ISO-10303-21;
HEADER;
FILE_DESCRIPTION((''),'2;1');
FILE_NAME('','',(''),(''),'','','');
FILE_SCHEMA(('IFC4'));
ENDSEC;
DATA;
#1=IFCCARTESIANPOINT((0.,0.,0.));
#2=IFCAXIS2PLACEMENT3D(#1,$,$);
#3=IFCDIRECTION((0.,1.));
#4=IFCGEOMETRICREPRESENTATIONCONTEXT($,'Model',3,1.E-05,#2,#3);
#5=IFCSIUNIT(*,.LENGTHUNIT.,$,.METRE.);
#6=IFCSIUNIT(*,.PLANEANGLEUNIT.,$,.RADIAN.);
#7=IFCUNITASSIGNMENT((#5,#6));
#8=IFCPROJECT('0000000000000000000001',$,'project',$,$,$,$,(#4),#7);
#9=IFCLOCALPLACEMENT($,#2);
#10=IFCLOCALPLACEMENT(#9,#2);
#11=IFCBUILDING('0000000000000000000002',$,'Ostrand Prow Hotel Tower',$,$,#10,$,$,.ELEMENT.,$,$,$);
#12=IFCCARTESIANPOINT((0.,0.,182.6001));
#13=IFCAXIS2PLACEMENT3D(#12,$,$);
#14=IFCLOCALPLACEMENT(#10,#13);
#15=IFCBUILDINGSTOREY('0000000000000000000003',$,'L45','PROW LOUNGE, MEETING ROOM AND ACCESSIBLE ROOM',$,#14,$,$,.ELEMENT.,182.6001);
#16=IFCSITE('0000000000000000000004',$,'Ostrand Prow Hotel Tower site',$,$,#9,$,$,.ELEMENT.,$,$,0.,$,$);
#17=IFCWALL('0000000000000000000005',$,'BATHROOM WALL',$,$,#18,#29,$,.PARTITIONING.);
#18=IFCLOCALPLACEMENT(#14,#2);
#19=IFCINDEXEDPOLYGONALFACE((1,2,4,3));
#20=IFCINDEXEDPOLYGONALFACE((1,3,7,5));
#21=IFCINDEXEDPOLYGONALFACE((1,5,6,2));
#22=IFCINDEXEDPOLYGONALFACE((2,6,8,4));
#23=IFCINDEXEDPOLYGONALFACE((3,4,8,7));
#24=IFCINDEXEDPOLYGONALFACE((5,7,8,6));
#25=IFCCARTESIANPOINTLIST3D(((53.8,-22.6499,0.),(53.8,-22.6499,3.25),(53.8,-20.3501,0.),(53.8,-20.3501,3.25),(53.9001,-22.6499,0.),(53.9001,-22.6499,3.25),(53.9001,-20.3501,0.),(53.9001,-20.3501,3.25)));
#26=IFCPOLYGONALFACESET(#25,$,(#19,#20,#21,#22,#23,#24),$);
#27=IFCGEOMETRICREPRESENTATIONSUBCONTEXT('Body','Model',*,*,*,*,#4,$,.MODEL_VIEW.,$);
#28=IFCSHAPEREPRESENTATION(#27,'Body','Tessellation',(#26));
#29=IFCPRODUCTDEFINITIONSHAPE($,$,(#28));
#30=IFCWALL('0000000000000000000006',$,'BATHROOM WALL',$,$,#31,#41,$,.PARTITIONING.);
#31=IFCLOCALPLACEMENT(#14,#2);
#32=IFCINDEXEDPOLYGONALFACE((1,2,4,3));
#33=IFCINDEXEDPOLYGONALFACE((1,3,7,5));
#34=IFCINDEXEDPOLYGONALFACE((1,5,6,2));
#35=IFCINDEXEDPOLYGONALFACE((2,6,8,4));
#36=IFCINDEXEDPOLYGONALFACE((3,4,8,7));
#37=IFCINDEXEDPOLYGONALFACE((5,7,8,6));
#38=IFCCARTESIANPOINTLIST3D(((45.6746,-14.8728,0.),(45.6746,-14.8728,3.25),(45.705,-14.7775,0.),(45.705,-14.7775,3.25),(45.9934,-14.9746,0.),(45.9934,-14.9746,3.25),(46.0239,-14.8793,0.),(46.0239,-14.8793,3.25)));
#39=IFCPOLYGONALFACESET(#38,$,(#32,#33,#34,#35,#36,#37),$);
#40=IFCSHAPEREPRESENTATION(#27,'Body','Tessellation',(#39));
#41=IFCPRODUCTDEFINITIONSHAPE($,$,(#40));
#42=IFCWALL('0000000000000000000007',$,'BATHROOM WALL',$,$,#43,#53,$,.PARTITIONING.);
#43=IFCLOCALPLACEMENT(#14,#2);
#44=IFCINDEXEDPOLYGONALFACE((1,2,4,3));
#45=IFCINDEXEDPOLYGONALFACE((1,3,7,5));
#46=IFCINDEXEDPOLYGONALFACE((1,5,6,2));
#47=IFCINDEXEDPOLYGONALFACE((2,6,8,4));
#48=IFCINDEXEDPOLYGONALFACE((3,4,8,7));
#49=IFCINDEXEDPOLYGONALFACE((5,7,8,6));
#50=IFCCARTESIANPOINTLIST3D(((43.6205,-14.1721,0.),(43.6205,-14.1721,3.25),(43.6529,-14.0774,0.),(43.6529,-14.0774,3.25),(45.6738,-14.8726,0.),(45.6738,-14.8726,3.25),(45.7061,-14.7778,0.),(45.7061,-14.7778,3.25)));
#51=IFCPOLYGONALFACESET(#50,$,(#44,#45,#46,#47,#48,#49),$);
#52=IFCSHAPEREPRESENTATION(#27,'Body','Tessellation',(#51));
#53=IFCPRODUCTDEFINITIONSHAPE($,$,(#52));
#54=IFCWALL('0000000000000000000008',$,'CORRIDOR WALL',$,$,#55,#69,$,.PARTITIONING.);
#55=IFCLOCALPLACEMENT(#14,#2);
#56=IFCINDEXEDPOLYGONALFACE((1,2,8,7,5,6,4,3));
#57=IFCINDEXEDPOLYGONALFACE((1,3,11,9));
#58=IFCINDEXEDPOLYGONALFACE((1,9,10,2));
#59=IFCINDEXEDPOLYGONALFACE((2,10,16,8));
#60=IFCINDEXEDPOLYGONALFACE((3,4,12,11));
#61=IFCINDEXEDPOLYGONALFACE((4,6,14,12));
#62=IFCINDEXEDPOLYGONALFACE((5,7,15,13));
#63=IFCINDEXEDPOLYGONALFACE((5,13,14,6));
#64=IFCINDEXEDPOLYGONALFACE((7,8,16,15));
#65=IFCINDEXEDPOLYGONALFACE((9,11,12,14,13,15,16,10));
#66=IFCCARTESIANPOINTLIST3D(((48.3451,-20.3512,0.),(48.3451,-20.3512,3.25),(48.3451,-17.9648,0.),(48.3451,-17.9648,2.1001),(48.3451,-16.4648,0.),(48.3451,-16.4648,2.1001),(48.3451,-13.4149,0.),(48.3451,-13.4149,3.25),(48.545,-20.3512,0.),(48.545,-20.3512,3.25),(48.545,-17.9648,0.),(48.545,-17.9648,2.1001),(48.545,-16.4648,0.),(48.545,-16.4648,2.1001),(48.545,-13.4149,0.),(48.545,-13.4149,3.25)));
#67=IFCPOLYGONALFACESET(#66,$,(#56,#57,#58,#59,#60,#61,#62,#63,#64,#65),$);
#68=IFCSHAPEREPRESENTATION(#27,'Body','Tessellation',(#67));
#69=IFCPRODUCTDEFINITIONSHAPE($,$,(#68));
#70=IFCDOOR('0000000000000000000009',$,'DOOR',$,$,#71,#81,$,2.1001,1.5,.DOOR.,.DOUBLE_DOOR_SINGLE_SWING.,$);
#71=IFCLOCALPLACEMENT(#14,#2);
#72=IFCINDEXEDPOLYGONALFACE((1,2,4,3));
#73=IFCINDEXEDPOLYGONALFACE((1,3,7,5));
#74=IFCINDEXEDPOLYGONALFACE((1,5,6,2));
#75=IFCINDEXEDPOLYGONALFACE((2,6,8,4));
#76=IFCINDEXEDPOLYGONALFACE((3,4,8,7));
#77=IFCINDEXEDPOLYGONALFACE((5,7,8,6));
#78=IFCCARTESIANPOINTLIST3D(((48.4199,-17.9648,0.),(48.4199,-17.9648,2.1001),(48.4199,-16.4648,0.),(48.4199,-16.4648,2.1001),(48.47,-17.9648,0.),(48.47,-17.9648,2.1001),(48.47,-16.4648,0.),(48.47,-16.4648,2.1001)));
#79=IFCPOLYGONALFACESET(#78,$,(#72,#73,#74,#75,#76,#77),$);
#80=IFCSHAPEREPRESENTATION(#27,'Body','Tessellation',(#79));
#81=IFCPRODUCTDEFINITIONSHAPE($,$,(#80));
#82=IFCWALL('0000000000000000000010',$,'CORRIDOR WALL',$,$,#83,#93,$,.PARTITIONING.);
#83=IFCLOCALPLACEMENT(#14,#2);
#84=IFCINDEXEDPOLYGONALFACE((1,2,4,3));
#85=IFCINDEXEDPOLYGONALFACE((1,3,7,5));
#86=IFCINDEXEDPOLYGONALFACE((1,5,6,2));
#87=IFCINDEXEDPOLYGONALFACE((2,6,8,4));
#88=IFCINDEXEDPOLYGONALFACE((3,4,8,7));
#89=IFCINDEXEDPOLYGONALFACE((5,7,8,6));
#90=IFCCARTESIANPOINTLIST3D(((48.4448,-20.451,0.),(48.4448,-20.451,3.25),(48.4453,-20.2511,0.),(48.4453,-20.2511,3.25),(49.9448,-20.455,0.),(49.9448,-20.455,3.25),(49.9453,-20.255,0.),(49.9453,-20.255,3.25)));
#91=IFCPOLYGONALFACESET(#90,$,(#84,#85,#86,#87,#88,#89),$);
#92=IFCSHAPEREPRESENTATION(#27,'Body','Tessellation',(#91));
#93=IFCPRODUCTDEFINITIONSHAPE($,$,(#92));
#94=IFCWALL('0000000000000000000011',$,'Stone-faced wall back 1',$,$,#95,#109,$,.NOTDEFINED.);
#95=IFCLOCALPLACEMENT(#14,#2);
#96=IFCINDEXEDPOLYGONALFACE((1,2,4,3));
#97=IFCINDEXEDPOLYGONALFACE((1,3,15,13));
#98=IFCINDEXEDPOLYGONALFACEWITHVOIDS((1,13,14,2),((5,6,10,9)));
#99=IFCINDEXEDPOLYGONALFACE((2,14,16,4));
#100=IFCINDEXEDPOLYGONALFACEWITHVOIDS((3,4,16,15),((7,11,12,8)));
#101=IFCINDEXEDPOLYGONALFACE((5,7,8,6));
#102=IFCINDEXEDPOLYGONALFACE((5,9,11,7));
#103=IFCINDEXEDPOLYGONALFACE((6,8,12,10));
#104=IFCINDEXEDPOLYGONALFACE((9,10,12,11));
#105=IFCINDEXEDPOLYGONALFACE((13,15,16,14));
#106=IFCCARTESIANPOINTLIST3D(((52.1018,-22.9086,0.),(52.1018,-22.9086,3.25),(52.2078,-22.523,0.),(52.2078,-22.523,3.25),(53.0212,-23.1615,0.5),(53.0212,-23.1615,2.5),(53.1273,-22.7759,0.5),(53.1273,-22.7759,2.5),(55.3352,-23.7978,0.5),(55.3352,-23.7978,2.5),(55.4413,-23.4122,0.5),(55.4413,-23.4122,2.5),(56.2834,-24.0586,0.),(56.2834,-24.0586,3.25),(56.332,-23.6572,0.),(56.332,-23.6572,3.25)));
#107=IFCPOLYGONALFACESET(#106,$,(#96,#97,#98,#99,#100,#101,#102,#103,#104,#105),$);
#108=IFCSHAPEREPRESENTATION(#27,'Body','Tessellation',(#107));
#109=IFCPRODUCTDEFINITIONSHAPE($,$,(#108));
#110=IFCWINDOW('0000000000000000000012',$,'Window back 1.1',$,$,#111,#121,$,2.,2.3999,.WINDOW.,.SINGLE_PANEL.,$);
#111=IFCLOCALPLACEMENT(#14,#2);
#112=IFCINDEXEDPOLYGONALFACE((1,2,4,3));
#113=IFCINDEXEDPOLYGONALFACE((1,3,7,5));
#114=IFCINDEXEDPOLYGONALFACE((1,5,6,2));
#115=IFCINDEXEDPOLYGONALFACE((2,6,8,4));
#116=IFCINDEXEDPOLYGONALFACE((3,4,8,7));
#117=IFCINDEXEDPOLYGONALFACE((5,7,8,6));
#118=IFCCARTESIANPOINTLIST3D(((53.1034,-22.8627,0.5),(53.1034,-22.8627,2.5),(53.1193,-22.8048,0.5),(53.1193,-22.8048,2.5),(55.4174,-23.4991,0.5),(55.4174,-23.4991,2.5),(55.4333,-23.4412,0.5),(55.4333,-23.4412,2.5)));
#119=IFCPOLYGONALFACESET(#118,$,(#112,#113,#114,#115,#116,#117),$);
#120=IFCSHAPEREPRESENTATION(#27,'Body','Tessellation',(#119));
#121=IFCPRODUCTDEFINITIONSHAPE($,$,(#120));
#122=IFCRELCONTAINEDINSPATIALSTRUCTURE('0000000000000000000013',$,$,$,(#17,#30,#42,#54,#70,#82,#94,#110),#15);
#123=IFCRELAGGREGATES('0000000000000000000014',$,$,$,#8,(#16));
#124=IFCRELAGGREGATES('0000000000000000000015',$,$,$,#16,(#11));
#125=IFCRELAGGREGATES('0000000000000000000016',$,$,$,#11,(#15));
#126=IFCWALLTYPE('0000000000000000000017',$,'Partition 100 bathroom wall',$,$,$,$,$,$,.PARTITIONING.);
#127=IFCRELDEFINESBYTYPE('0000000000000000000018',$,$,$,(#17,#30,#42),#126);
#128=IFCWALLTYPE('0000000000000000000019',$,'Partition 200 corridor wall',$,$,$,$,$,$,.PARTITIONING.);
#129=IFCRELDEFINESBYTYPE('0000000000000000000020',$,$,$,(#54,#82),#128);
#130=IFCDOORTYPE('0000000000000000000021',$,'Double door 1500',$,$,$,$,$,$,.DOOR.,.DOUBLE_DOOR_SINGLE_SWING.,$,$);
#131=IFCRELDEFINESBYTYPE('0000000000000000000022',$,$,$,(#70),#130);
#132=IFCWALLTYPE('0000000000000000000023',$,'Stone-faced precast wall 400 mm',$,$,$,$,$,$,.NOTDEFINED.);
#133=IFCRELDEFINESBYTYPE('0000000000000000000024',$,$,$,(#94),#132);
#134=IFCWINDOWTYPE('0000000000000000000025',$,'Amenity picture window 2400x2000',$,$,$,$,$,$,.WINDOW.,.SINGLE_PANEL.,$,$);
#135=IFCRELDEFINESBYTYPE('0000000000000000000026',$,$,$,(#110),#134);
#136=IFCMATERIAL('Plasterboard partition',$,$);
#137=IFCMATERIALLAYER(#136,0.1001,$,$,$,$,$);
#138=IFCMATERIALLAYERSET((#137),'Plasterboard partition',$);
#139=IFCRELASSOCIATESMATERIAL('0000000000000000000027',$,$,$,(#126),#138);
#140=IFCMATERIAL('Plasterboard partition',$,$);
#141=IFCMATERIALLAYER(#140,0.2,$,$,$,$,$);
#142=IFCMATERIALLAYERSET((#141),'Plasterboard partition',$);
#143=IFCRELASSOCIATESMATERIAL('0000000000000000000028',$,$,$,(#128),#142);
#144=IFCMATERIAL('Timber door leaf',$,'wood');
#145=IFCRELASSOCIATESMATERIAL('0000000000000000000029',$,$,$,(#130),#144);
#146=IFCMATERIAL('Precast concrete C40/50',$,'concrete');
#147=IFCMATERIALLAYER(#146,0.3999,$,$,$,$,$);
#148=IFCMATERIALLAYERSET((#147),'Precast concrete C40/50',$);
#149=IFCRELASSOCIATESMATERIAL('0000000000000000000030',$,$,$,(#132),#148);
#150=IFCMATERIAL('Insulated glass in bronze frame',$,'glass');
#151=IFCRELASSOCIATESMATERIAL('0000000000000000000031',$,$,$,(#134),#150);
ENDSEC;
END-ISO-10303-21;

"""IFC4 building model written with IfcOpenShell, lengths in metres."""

from ifc_helpers import new_model, si_unit, direction, frame, frame_2d, origin, place, context, subcontext, project, spatial, polyline, rectangle, outline, extrude, material, layer, layer_set, type_object, element, fill, save


model = new_model("IFC4")

# Units and contexts
model_context = context("Model", 3, precision=1e-05, world=origin(), true_north=direction((0.0, 1.0)))
body_context = subcontext(model_context, "Body", "Model", "MODEL_VIEW")
ifc_project = project(units=[si_unit("LENGTHUNIT", "METRE"), si_unit("PLANEANGLEUNIT", "RADIAN")], contexts=[model_context])

# Site, building, storey
site_placement = place(None, origin())
site = spatial("IfcSite", under=ifc_project, at=site_placement, Name="Ostrand Prow Hotel Tower site", CompositionType="ELEMENT", RefElevation=0.0)
building_placement = place(site_placement, origin())
building = spatial("IfcBuilding", under=site, at=building_placement, Name="Ostrand Prow Hotel Tower", CompositionType="ELEMENT")
storey_placement = place(building_placement, frame((0.0, 0.0, 182.6001)))
storey = spatial("IfcBuildingStorey", under=building, at=storey_placement, Name="L45", Description="PROW LOUNGE, MEETING ROOM AND ACCESSIBLE ROOM", CompositionType="ELEMENT", Elevation=182.6001)

# Walls
ifc_material_1 = material(Name="Plasterboard partition")
ifc_layer_1 = layer(ifc_material_1, 0.1001)
ifc_layer_set_1 = layer_set([ifc_layer_1], Name="Plasterboard partition")
wall_type_1 = type_object("IfcWallType", Name="Partition 100 bathroom wall", PredefinedType="PARTITIONING", material=ifc_layer_set_1)
wall_1_placement = place(storey_placement, frame((53.8501, -22.6499, 0.0), z_axis=(0.0, 0.0, 1.0), x_axis=(0.0, 1.0, 0.0)))
element("IfcWall", 1, at=wall_1_placement, inside=storey, type_object=wall_type_1, Name="BATHROOM WALL", PredefinedType="PARTITIONING", context=body_context, shape_type="SweptSolid", body=[
    extrude(rectangle(XDim=2.2998, YDim=0.1001, at=frame_2d((1.1499, 0.0))), origin(), (0.0, 0.0, 1.0), 3.25),
])
wall_2_placement = place(storey_placement, frame((46.0088, -14.927, 0.0), z_axis=(0.0, 0.0, 1.0), x_axis=(-0.952619, 0.304167, 0.0)))
element("IfcWall", 2, at=wall_2_placement, inside=storey, type_object=wall_type_1, Name="BATHROOM WALL", PredefinedType="PARTITIONING", context=body_context, shape_type="SweptSolid", body=[
    extrude(rectangle(XDim=0.3347, YDim=0.1001, at=frame_2d((0.1675, 0.0))), origin(), (0.0, 0.0, 1.0), 3.25),
])
wall_3_placement = place(storey_placement, frame((45.6899, -14.8252, 0.0), z_axis=(0.0, 0.0, 1.0), x_axis=(-0.946443, 0.322871, 0.0)))
element("IfcWall", 3, at=wall_3_placement, inside=storey, type_object=wall_type_1, Name="BATHROOM WALL", PredefinedType="PARTITIONING", context=body_context, shape_type="SweptSolid", body=[
    extrude(rectangle(XDim=2.1694, YDim=0.1001, at=frame_2d((1.0847, 0.0))), origin(), (0.0, 0.0, 1.0), 3.25),
])

# Wall, opening, door
ifc_material_2 = material(Name="Plasterboard partition")
ifc_layer_2 = layer(ifc_material_2, 0.2)
ifc_layer_set_2 = layer_set([ifc_layer_2], Name="Plasterboard partition")
wall_type_2 = type_object("IfcWallType", Name="Partition 200 corridor wall", PredefinedType="PARTITIONING", material=ifc_layer_set_2)
wall_4_placement = place(storey_placement, frame((48.4451, -13.4148, 0.0), z_axis=(0.0, 0.0, 1.0), x_axis=(0.0, -1.0, 0.0)))
wall_4 = element("IfcWall", 4, at=wall_4_placement, inside=storey, type_object=wall_type_2, Name="CORRIDOR WALL", PredefinedType="PARTITIONING", context=body_context, shape_type="SweptSolid", body=[
    extrude(rectangle(XDim=6.9363, YDim=0.2, at=frame_2d((3.4683, 0.0))), origin(), (0.0, 0.0, 1.0), 3.25),
])
opening_1_placement = place(wall_4_placement, frame((3.05, 0.0, 0.0)))
opening_1 = element("IfcOpeningElement", 5, at=opening_1_placement, cuts=wall_4, PredefinedType="OPENING", context=body_context, shape_type="SweptSolid", body=[
    extrude(rectangle(XDim=1.5, YDim=2.1001, at=frame_2d((0.75, 1.05))), frame((0.0, 0.1099, 0.0), z_axis=(0.0, -1.0, 0.0), x_axis=(1.0, 0.0, 0.0)), (0.0, 0.0, 1.0), 0.22),
])
ifc_material_3 = material(Name="Timber door leaf", Category="wood")
door_type_1 = type_object("IfcDoorType", Name="Double door 1500", OperationType="DOUBLE_DOOR_SINGLE_SWING", PredefinedType="DOOR", material=ifc_material_3)
door_1_placement = place(opening_1_placement, origin())
door_1 = element("IfcDoor", 6, at=door_1_placement, inside=storey, type_object=door_type_1, Name="DOOR", OperationType="DOUBLE_DOOR_SINGLE_SWING", OverallHeight=2.1001, OverallWidth=1.5, PredefinedType="DOOR", context=body_context, shape_type="SweptSolid", body=[
    extrude(rectangle(XDim=1.5, YDim=2.1001, at=frame_2d((0.75, 1.05))), frame((0.0, 0.0249, 0.0), z_axis=(0.0, -1.0, 0.0), x_axis=(1.0, 0.0, 0.0)), (0.0, 0.0, 1.0), 0.05),
])
fill(opening_1, door_1)

# Wall
wall_5_placement = place(storey_placement, frame((48.4451, -20.3511, 0.0), z_axis=(0.0, 0.0, 1.0), x_axis=(0.999997, -0.002604, 0.0)))
element("IfcWall", 7, at=wall_5_placement, inside=storey, type_object=wall_type_2, Name="CORRIDOR WALL", PredefinedType="PARTITIONING", context=body_context, shape_type="SweptSolid", body=[
    extrude(rectangle(XDim=1.5, YDim=0.2, at=frame_2d((0.75, 0.0))), origin(), (0.0, 0.0, 1.0), 3.25),
])

# Wall, opening, window
ifc_material_4 = material(Name="Precast concrete C40/50", Category="concrete")
ifc_layer_3 = layer(ifc_material_4, 0.3999)
ifc_layer_set_3 = layer_set([ifc_layer_3], Name="Precast concrete C40/50")
wall_type_3 = type_object("IfcWallType", Name="Stone-faced precast wall 400 mm", PredefinedType="NOTDEFINED", material=ifc_layer_set_3)
wall_6_placement = place(storey_placement, frame((52.1548, -22.7158, 0.0), z_axis=(0.0, 0.0, 1.0), x_axis=(0.964206, -0.265155, 0.0)))
wall_6 = element("IfcWall", 8, at=wall_6_placement, inside=storey, type_object=wall_type_3, Name="Stone-faced wall back 1", PredefinedType="NOTDEFINED", context=body_context, shape_type="SweptSolid", body=[
    extrude(outline(polyline([(0.0, -0.2), (4.3369, -0.2), (4.2773, 0.2), (0.0, 0.2), (0.0, -0.2)])), origin(), (0.0, 0.0, 1.0), 3.25),
])
opening_2_placement = place(wall_6_placement, frame((0.9536, 0.0, 0.5)))
opening_2 = element("IfcOpeningElement", 9, at=opening_2_placement, cuts=wall_6, PredefinedType="OPENING", context=body_context, shape_type="SweptSolid", body=[
    extrude(rectangle(XDim=2.3999, YDim=2.0, at=frame_2d((1.2, 1.0))), frame((0.0, 0.21, 0.0), z_axis=(0.0, -1.0, 0.0), x_axis=(1.0, 0.0, 0.0)), (0.0, 0.0, 1.0), 0.4199),
])
ifc_material_5 = material(Name="Insulated glass in bronze frame", Category="glass")
window_type = type_object("IfcWindowType", Name="Amenity picture window 2400x2000", PartitioningType="SINGLE_PANEL", PredefinedType="WINDOW", material=ifc_material_5)
window_placement = place(opening_2_placement, origin())
window = element("IfcWindow", 10, at=window_placement, inside=storey, type_object=window_type, Name="Window back 1.1", OverallHeight=2.0, OverallWidth=2.3999, PartitioningType="SINGLE_PANEL", PredefinedType="WINDOW", context=body_context, shape_type="SweptSolid", body=[
    extrude(rectangle(XDim=2.3999, YDim=2.0, at=frame_2d((1.2, 1.0))), frame((0.0, 0.1699, 0.0), z_axis=(0.0, -1.0, 0.0), x_axis=(1.0, 0.0, 0.0)), (0.0, 0.0, 1.0), 0.0601),
])
fill(opening_2, window)

save(model, "model.ifc")
